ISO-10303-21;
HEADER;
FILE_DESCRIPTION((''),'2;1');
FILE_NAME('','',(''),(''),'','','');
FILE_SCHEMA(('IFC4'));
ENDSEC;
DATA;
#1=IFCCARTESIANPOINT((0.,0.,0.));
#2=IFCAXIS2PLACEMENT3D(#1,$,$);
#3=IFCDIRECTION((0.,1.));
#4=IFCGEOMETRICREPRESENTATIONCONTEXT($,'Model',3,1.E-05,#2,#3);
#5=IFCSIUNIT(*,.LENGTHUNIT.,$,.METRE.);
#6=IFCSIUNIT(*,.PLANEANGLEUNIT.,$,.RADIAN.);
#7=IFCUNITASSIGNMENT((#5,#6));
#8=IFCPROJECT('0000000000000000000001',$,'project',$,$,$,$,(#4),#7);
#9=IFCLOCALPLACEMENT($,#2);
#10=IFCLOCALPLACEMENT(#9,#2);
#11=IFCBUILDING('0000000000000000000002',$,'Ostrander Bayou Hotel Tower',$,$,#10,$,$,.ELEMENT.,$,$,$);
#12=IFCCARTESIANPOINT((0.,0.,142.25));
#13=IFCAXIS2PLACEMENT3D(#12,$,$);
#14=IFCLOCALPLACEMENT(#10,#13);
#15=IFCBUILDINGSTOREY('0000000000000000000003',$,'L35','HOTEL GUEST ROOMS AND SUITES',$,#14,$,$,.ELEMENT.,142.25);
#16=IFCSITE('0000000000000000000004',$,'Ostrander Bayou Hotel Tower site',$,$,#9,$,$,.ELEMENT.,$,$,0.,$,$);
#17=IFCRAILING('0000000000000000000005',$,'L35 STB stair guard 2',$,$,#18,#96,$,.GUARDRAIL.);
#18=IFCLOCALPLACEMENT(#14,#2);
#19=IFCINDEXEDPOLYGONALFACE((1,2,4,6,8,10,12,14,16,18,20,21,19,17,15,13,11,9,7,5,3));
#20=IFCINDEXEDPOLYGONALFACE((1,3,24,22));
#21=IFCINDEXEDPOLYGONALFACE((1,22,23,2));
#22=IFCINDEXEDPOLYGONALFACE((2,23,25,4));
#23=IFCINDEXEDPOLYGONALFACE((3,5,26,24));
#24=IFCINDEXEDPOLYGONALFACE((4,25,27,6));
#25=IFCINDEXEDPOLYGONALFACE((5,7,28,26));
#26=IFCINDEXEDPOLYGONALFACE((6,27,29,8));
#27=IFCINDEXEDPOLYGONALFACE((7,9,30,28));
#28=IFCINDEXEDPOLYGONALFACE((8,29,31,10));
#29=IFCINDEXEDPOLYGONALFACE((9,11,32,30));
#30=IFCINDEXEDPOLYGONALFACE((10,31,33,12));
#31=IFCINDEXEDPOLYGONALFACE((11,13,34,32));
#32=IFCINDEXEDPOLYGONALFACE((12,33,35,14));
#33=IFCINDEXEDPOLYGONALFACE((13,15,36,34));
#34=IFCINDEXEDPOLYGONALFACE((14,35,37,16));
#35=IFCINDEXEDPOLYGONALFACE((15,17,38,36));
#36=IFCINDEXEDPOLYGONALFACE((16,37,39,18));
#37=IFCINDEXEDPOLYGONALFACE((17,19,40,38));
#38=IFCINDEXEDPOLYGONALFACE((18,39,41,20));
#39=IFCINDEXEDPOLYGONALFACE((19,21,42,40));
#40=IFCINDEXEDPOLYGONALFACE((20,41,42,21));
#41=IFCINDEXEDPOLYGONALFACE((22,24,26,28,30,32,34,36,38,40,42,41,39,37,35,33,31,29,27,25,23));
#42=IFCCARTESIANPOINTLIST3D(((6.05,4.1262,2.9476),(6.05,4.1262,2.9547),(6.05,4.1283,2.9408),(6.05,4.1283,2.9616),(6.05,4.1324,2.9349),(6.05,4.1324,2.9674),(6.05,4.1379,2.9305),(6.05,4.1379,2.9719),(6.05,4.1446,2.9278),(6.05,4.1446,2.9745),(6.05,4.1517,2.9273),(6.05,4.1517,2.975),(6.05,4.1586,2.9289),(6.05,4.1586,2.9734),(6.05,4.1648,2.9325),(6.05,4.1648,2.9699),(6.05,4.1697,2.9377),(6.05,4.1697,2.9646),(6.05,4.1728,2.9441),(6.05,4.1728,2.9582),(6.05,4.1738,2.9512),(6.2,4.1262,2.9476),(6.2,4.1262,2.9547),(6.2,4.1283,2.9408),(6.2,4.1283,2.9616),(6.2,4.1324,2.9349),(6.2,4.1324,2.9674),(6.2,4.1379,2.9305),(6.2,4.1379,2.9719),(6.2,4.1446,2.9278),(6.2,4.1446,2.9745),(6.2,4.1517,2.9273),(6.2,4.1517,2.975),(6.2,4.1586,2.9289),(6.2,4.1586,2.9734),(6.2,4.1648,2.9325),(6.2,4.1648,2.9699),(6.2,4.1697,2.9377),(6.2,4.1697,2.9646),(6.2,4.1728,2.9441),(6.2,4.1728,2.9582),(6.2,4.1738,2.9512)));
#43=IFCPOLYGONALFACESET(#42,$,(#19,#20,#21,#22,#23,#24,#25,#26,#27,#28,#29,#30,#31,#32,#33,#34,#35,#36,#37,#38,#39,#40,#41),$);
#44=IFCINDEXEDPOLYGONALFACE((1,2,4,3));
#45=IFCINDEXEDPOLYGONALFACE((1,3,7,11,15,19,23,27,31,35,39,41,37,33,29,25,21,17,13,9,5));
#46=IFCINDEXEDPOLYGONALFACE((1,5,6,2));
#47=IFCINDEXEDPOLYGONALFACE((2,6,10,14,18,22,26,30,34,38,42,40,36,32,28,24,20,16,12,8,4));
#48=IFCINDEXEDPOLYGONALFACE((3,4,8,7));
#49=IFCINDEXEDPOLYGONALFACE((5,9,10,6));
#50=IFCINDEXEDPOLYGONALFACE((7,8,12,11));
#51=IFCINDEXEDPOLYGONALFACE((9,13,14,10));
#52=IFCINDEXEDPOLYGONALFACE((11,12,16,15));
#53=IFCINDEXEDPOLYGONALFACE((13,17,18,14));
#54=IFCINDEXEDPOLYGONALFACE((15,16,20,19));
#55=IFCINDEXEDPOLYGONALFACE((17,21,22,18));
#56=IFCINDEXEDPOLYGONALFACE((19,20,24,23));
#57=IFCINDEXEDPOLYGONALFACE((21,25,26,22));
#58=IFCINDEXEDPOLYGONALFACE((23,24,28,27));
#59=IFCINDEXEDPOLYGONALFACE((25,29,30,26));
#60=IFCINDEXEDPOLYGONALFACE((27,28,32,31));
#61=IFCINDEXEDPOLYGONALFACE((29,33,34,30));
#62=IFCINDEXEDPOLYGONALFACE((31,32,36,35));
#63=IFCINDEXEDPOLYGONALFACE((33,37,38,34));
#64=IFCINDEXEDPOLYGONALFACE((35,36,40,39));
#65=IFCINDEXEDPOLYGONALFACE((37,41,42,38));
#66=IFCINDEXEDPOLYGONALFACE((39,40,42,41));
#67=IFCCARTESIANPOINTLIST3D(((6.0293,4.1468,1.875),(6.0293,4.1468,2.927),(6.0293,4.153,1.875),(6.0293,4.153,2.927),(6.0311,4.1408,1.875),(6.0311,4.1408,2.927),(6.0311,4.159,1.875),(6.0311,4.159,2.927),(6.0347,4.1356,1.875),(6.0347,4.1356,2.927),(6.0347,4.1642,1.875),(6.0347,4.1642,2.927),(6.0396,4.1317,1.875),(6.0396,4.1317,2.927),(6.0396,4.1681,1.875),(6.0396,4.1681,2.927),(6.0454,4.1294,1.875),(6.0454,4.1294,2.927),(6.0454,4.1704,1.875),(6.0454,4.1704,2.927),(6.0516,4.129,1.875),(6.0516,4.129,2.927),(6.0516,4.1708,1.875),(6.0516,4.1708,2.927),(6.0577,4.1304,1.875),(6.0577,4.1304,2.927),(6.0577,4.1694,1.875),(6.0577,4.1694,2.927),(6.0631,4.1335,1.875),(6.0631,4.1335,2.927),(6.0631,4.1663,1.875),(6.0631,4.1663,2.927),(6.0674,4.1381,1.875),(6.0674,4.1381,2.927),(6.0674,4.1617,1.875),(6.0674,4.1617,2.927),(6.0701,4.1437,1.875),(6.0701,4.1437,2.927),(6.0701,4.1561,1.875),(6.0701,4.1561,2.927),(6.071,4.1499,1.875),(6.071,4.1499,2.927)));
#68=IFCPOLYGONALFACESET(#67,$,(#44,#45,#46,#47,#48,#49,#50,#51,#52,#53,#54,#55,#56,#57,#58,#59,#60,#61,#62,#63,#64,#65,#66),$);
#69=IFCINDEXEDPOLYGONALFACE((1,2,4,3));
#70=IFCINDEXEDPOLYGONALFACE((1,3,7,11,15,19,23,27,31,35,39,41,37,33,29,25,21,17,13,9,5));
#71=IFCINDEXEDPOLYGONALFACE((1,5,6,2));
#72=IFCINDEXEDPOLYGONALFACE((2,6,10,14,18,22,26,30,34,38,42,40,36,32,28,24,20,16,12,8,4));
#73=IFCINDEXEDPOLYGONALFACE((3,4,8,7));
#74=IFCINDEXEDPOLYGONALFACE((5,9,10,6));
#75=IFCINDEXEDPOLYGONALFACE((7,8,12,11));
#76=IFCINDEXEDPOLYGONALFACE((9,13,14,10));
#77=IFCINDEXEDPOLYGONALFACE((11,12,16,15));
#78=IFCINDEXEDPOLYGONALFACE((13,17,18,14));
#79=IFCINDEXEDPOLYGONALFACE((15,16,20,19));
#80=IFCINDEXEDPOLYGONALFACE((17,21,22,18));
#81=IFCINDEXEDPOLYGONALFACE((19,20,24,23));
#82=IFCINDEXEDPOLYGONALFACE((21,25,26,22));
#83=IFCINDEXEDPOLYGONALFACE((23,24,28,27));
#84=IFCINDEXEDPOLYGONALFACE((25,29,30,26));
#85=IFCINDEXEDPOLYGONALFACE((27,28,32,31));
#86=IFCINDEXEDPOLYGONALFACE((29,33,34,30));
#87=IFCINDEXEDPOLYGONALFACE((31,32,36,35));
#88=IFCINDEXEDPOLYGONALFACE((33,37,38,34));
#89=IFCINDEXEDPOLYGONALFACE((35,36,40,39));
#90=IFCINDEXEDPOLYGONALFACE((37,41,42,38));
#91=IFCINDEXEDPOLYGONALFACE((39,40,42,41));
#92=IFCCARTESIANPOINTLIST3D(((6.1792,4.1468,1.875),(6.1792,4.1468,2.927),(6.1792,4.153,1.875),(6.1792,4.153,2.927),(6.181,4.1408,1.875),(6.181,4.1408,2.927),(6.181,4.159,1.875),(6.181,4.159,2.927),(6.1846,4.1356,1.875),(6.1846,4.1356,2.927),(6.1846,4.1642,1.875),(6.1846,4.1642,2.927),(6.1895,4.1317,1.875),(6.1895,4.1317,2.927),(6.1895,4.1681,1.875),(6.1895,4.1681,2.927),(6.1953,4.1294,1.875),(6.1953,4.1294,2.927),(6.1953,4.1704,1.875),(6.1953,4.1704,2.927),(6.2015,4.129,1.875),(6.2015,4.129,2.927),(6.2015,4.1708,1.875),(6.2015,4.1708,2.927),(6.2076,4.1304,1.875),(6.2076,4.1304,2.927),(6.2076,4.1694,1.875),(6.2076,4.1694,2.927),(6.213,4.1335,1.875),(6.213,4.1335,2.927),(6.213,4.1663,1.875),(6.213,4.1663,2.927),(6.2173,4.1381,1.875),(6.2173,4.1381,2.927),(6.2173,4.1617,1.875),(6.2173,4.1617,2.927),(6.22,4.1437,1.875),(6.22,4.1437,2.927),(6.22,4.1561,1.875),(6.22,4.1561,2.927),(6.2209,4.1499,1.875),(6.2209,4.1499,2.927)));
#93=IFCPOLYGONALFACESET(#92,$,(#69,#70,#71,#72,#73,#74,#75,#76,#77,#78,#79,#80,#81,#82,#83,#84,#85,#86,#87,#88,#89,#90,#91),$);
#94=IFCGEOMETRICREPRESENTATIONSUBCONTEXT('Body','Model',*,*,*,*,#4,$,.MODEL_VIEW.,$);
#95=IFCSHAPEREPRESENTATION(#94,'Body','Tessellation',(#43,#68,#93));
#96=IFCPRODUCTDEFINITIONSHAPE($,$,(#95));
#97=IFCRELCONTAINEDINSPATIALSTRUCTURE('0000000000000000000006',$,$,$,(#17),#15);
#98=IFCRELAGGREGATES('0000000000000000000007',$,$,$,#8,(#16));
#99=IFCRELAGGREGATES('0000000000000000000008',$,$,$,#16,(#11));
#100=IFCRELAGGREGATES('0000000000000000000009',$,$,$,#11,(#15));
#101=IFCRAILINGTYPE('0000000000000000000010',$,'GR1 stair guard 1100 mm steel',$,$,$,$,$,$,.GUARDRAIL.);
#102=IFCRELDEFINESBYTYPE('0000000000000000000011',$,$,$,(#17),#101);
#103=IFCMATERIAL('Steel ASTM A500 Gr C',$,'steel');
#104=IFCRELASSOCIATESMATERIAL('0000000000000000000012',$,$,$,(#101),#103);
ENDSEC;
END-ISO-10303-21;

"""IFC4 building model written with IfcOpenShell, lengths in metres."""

from ifc_helpers import new_model, si_unit, direction, frame, origin, origin_2d, place, context, subcontext, project, spatial, circle, extrude, material, type_object, element, save


model = new_model("IFC4")

# Units and contexts
model_context = context("Model", 3, precision=1e-05, world=origin(), true_north=direction((0.0, 1.0)))
body_context = subcontext(model_context, "Body", "Model", "MODEL_VIEW")
ifc_project = project(units=[si_unit("LENGTHUNIT", "METRE"), si_unit("PLANEANGLEUNIT", "RADIAN")], contexts=[model_context])

# Site, building, storey
site_placement = place(None, origin())
site = spatial("IfcSite", under=ifc_project, at=site_placement, Name="Ostrander Bayou Hotel Tower site", CompositionType="ELEMENT", RefElevation=0.0)
building_placement = place(site_placement, origin())
building = spatial("IfcBuilding", under=site, at=building_placement, Name="Ostrander Bayou Hotel Tower", CompositionType="ELEMENT")
storey_placement = place(building_placement, frame((0.0, 0.0, 142.25)))
storey = spatial("IfcBuildingStorey", under=building, at=storey_placement, Name="L35", Description="HOTEL GUEST ROOMS AND SUITES", CompositionType="ELEMENT", Elevation=142.25)

# Railing
ifc_material_1 = material(Name="Steel ASTM A500 Gr C", Category="steel")
railing_type_1 = type_object("IfcRailingType", Name="GR1 stair guard 1100 mm steel", PredefinedType="GUARDRAIL", material=ifc_material_1)
railing_1_placement = place(storey_placement, frame((6.05, 4.1499, 1.875)))
element("IfcRailing", 1, at=railing_1_placement, inside=storey, type_object=railing_type_1, Name="L35 STB stair guard 2", PredefinedType="GUARDRAIL", context=body_context, shape_type="SweptSolid", body=[
    extrude(circle(Radius=0.0239, at=origin_2d()), frame((0.0, 0.0, 1.0762), z_axis=(1.0, 0.0, 0.0), x_axis=(0.0, 1.0, 0.0)), (0.0, 0.0, 1.0), 0.1499),
    extrude(circle(Radius=0.021, at=origin_2d()), origin(), (0.0, 0.0, 1.0), 1.052),
    extrude(circle(Radius=0.021, at=origin_2d()), frame((0.1499, 0.0, 0.0)), (0.0, 0.0, 1.0), 1.052),
])

save(model, "model.ifc")
